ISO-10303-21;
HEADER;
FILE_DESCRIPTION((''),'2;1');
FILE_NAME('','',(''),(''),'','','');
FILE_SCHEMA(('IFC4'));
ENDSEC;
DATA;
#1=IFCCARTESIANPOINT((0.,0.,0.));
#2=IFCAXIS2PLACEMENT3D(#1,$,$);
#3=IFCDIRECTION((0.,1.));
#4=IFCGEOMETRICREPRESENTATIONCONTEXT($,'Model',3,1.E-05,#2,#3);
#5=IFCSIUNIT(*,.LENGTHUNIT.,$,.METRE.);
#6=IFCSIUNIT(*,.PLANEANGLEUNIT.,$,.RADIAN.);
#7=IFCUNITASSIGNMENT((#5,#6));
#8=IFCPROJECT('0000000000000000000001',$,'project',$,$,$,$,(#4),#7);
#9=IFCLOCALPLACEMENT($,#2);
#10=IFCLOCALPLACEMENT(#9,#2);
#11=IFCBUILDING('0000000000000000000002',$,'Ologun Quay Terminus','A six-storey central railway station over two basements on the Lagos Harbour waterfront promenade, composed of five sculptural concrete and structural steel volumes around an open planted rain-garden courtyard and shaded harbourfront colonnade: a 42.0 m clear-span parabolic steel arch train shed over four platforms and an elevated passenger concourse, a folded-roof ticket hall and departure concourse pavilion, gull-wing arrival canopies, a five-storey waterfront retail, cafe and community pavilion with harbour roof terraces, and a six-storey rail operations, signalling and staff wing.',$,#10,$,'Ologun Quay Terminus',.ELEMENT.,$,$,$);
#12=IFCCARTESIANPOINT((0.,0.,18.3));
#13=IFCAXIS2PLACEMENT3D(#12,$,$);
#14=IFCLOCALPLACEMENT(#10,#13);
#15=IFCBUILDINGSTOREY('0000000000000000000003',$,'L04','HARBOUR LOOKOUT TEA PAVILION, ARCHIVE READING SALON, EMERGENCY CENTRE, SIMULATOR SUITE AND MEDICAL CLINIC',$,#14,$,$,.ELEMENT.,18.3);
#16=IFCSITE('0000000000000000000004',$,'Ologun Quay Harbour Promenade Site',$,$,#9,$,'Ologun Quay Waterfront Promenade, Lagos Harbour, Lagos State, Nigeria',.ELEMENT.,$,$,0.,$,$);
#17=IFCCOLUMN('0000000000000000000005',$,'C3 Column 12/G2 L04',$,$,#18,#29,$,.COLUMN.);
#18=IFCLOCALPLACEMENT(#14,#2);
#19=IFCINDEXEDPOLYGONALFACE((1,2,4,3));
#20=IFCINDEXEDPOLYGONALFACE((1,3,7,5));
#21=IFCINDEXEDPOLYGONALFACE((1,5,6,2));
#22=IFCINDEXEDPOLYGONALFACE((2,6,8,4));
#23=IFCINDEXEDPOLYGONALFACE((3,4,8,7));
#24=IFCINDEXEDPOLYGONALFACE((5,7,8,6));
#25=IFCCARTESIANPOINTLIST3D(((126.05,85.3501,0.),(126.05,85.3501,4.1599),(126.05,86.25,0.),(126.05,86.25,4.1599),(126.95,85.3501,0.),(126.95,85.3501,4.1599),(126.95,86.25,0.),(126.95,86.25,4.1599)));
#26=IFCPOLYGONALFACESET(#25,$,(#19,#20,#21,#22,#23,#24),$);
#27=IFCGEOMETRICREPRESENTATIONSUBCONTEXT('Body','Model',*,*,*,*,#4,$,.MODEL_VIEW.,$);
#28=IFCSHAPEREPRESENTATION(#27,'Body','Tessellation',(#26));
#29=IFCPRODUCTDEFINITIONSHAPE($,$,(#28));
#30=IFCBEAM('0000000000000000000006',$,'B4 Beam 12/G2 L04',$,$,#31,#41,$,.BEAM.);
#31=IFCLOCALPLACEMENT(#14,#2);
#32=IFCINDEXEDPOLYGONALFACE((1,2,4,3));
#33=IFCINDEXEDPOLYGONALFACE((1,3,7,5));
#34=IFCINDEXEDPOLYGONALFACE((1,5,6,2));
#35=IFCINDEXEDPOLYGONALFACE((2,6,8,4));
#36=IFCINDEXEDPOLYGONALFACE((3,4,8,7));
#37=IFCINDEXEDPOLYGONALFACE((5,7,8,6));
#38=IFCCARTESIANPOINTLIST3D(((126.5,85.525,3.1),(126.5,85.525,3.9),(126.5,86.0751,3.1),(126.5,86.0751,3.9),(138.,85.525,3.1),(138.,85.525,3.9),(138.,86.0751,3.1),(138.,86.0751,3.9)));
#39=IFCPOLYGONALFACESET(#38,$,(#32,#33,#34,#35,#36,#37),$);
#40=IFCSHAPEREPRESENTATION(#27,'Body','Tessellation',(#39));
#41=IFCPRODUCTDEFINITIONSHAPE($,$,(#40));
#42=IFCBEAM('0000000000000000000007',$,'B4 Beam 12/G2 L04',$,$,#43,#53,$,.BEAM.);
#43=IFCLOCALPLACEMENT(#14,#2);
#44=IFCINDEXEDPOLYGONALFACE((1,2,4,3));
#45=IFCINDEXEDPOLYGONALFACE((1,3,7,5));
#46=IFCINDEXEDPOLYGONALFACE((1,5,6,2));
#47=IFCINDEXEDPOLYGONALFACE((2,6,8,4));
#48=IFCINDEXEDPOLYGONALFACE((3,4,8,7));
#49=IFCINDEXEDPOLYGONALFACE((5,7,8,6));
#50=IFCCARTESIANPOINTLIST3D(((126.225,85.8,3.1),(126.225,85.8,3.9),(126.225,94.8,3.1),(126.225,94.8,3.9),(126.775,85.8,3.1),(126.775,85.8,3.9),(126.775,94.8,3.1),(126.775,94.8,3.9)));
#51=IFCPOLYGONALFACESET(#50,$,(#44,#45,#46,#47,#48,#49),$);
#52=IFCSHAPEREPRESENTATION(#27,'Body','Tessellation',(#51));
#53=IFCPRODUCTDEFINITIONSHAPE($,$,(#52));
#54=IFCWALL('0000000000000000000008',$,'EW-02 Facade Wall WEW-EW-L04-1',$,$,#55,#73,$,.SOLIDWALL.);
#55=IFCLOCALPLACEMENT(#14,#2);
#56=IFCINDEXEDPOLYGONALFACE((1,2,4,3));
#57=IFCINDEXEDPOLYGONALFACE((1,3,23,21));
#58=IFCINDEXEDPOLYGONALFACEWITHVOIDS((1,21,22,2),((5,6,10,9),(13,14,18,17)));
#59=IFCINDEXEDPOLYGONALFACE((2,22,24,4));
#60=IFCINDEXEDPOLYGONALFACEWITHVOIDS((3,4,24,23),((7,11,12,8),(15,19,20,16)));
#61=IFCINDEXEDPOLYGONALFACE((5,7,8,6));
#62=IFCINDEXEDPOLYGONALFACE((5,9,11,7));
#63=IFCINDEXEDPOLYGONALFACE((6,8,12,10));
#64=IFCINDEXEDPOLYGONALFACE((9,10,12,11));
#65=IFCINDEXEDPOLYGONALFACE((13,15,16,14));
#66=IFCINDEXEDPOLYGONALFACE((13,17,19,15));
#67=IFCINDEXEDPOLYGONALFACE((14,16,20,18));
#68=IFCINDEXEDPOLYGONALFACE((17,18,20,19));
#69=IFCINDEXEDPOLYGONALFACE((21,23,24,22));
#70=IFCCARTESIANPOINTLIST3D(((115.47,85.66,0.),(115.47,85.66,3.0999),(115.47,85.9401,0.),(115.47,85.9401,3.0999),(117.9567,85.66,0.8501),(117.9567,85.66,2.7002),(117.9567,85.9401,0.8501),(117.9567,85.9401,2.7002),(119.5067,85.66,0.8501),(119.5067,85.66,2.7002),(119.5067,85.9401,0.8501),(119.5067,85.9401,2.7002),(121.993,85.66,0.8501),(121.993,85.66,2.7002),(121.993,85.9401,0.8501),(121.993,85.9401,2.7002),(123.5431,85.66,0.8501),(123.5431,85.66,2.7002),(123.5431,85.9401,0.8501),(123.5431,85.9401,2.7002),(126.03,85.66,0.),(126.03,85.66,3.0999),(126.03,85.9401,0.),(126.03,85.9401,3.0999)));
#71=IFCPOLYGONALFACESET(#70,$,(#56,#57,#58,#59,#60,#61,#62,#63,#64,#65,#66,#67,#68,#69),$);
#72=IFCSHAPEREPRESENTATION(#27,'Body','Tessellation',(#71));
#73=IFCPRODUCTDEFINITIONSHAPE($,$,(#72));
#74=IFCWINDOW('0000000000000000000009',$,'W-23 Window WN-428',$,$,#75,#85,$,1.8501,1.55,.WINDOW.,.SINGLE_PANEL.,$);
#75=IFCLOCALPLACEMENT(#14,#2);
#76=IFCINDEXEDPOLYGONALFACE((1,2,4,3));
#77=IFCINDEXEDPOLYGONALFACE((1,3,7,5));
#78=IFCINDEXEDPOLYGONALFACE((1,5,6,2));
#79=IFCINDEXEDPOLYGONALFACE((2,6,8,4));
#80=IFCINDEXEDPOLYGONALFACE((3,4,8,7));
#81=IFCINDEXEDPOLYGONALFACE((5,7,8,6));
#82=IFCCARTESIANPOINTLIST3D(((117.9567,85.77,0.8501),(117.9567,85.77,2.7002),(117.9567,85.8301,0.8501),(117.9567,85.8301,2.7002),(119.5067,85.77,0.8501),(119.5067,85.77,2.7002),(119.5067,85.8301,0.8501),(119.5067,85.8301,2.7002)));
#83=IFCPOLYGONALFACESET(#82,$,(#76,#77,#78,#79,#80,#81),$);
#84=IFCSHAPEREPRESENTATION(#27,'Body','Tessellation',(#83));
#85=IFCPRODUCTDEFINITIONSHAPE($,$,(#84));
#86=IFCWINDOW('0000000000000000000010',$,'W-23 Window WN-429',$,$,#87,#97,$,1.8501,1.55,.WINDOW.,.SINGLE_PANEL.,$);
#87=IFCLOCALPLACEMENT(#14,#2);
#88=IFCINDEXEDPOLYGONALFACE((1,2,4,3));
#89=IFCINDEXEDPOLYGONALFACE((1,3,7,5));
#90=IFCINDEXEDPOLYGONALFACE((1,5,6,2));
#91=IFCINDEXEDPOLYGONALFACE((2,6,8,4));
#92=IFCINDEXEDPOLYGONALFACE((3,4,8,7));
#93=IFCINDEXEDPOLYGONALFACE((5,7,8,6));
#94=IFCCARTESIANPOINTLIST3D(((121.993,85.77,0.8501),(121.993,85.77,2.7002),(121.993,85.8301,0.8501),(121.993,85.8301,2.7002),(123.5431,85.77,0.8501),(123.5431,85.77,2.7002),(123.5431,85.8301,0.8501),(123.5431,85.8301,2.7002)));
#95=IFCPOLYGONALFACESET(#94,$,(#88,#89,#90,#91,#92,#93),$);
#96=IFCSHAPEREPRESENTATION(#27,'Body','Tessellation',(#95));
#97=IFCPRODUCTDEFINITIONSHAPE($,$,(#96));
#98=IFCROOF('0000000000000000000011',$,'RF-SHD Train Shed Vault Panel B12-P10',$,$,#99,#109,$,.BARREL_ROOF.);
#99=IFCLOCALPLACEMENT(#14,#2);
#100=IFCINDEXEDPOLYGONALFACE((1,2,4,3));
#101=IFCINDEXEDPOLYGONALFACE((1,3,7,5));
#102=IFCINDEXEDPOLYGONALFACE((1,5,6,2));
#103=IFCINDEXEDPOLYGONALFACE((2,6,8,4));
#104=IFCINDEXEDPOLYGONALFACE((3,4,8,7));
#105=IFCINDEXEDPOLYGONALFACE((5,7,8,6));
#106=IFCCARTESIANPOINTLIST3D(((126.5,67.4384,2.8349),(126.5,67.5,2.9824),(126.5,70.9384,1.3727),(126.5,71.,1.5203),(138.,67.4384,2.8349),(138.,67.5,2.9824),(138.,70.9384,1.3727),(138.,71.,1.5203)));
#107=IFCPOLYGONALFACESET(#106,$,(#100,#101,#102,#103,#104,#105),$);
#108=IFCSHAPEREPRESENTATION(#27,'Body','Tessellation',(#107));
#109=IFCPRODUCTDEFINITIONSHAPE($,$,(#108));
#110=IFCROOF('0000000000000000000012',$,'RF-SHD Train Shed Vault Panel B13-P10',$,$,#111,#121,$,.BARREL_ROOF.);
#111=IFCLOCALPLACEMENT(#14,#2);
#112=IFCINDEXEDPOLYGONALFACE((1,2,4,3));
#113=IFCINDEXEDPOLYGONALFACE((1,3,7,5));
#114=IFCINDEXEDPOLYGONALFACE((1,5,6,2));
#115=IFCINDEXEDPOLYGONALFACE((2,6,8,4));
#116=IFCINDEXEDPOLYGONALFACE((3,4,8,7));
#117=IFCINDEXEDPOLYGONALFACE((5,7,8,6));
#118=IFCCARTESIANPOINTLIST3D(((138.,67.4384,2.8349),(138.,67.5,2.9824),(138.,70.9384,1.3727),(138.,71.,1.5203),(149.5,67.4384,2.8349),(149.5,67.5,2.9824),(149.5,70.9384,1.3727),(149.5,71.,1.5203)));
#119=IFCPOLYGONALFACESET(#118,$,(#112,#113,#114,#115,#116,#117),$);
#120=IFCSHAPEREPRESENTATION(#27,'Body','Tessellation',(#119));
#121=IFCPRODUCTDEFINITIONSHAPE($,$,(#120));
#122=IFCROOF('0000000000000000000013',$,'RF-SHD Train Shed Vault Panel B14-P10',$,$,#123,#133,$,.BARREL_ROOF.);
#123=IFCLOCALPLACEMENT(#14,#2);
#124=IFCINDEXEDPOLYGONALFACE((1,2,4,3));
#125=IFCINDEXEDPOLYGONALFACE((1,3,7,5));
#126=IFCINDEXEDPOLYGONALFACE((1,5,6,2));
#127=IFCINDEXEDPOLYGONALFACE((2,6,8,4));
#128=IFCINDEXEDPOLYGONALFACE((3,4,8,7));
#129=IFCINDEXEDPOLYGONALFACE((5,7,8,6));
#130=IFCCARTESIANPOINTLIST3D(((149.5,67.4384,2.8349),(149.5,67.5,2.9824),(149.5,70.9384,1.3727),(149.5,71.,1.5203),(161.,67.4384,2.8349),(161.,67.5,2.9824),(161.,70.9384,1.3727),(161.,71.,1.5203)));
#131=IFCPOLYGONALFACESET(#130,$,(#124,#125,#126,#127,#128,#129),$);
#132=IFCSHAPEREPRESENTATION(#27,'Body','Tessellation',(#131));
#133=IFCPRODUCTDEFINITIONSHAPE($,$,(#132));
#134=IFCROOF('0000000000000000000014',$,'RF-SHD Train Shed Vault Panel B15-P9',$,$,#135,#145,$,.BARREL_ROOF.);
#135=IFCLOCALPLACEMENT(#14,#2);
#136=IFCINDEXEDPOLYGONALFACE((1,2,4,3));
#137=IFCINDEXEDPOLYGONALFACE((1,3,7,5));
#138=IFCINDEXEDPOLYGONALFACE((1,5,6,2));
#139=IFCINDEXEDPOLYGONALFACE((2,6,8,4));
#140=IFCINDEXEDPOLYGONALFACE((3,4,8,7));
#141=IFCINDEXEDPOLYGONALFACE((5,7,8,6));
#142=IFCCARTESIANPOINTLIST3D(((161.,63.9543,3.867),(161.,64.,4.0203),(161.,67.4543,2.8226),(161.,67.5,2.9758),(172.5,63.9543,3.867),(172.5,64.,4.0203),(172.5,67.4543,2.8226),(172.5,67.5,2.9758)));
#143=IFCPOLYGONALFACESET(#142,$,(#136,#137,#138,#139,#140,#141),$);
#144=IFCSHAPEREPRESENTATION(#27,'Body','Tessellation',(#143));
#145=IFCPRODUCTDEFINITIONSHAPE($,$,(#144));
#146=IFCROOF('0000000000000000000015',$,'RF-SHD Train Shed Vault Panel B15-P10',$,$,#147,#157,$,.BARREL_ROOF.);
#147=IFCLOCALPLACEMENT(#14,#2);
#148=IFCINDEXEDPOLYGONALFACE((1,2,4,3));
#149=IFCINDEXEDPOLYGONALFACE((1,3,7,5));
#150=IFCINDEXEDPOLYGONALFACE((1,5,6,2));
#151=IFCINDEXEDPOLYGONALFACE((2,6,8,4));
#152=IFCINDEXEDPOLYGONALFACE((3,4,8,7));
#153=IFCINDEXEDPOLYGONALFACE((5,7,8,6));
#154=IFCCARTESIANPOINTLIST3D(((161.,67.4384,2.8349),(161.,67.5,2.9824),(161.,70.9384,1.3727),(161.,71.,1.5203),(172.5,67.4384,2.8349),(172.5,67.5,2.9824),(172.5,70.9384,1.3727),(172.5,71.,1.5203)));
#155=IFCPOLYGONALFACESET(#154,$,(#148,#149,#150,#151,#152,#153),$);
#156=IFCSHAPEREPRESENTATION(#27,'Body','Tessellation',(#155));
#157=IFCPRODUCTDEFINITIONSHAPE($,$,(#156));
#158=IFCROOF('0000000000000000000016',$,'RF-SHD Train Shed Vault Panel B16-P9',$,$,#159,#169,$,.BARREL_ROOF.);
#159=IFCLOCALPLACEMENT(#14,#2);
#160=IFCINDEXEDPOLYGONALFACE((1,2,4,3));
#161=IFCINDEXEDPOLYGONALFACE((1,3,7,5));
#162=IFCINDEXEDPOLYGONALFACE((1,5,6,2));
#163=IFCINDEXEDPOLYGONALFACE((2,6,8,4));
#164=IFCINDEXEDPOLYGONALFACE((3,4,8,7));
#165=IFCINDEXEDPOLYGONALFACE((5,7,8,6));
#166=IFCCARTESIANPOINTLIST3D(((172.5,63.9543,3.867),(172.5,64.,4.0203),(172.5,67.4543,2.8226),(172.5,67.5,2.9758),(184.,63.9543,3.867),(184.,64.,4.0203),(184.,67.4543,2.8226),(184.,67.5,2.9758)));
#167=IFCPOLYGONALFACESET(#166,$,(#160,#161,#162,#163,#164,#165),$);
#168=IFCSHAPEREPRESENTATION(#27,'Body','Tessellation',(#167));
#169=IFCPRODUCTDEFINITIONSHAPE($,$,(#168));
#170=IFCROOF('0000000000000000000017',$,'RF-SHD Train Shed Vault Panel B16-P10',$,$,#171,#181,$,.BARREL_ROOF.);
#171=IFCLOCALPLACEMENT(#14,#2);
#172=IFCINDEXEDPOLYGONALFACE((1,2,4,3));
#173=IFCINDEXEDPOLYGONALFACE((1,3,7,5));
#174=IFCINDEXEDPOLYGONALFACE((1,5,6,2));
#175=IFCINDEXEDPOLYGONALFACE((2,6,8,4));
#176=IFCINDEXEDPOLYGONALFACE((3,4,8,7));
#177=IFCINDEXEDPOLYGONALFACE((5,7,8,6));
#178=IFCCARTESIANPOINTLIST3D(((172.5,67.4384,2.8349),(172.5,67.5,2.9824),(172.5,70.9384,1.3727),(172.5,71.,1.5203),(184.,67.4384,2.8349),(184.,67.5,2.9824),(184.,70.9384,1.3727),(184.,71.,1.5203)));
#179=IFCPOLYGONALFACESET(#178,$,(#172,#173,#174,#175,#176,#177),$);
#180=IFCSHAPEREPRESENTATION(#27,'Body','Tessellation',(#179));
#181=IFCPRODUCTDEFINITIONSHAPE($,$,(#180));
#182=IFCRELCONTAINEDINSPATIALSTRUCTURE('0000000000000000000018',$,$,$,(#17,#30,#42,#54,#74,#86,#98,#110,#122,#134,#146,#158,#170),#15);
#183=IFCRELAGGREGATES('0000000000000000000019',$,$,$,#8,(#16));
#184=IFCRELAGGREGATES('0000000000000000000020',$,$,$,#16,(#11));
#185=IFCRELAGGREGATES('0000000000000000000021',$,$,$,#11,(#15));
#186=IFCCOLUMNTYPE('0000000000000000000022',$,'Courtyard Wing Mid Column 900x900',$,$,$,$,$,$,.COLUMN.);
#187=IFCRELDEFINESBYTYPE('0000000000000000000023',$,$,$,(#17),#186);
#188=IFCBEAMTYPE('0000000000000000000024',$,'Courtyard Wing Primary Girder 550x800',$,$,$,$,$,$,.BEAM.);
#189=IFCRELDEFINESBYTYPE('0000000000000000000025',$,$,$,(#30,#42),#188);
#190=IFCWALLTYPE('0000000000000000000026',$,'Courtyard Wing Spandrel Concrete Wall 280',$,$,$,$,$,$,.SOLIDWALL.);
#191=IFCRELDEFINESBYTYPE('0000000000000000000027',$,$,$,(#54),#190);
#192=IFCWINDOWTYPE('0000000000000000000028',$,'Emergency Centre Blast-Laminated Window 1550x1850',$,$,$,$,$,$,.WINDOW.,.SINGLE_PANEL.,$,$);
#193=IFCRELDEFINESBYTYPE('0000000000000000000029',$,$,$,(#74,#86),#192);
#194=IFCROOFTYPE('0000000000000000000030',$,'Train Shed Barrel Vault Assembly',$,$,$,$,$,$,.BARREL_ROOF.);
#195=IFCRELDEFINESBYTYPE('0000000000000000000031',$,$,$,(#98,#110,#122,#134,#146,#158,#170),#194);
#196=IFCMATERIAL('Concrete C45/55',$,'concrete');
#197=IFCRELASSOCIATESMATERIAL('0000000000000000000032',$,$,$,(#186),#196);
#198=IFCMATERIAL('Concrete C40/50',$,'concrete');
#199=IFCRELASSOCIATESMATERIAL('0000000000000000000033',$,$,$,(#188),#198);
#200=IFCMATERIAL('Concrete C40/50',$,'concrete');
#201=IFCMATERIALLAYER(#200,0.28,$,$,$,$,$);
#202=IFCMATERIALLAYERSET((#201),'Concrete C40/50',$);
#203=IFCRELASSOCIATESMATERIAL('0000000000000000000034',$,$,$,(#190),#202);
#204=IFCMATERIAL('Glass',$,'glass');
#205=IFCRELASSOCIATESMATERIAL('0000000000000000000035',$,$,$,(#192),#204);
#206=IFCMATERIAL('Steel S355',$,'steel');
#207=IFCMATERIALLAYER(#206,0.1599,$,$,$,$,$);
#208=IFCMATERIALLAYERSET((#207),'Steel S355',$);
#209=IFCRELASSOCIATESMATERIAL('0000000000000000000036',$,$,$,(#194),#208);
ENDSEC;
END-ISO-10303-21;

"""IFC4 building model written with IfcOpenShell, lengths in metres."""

from ifc_helpers import new_model, si_unit, direction, frame, frame_2d, origin, origin_2d, place, context, subcontext, project, spatial, polyline, rectangle, outline, extrude, material, layer, layer_set, material_profile, profile_set, type_object, element, fill, save


model = new_model("IFC4")

# Units and contexts
model_context = context("Model", 3, precision=1e-05, world=origin(), true_north=direction((0.0, 1.0)))
body_context = subcontext(model_context, "Body", "Model", "MODEL_VIEW")
ifc_project = project(units=[si_unit("LENGTHUNIT", "METRE"), si_unit("PLANEANGLEUNIT", "RADIAN")], contexts=[model_context])

# Site, building, storey
site_placement = place(None, origin())
site = spatial("IfcSite", under=ifc_project, at=site_placement, Name="Ologun Quay Harbour Promenade Site", LongName="Ologun Quay Waterfront Promenade, Lagos Harbour, Lagos State, Nigeria", CompositionType="ELEMENT", RefElevation=0.0)
building_placement = place(site_placement, origin())
building = spatial("IfcBuilding", under=site, at=building_placement, Name="Ologun Quay Terminus", Description="A six-storey central railway station over two basements on the Lagos Harbour waterfront promenade, composed of five sculptural concrete and structural steel volumes around an open planted rain-garden courtyard and shaded harbourfront colonnade: a 42.0 m clear-span parabolic steel arch train shed over four platforms and an elevated passenger concourse, a folded-roof ticket hall and departure concourse pavilion, gull-wing arrival canopies, a five-storey waterfront retail, cafe and community pavilion with harbour roof terraces, and a six-storey rail operations, signalling and staff wing.", LongName="Ologun Quay Terminus", CompositionType="ELEMENT")
storey_placement = place(building_placement, frame((0.0, 0.0, 18.3)))
storey = spatial("IfcBuildingStorey", under=building, at=storey_placement, Name="L04", Description="HARBOUR LOOKOUT TEA PAVILION, ARCHIVE READING SALON, EMERGENCY CENTRE, SIMULATOR SUITE AND MEDICAL CLINIC", CompositionType="ELEMENT", Elevation=18.3)

# Column
ifc_material_1 = material(Name="Concrete C45/55", Category="concrete")
ifc_material_profile_1 = material_profile(ifc_material_1, rectangle(XDim=0.8999, YDim=0.8999, at=origin_2d()), Name="RC 900x900")
ifc_profile_set_1 = profile_set([ifc_material_profile_1], Name="Concrete C45/55")
column_type = type_object("IfcColumnType", Name="Courtyard Wing Mid Column 900x900", PredefinedType="COLUMN", material=ifc_profile_set_1)
column_placement = place(storey_placement, frame((126.5, 85.8, 0.0), z_axis=(0.0, 0.0, 1.0), x_axis=(1.0, 0.0, 0.0)))
element("IfcColumn", 1, at=column_placement, inside=storey, type_object=column_type, Name="C3 Column 12/G2 L04", PredefinedType="COLUMN", context=body_context, shape_type="SweptSolid", body=[
    extrude(rectangle(XDim=0.8999, YDim=0.8999, at=origin_2d()), origin(), (0.0, 0.0, 1.0), 4.1599),
])

# Beams
ifc_material_2 = material(Name="Concrete C40/50", Category="concrete")
ifc_material_profile_2 = material_profile(ifc_material_2, rectangle(XDim=0.55, YDim=0.8, at=origin_2d()), Name="RC 550x800")
ifc_profile_set_2 = profile_set([ifc_material_profile_2], Name="Concrete C40/50")
beam_type = type_object("IfcBeamType", Name="Courtyard Wing Primary Girder 550x800", PredefinedType="BEAM", material=ifc_profile_set_2)
beam_1_placement = place(storey_placement, frame((126.5, 85.8, 3.5), z_axis=(1.0, 0.0, 0.0), x_axis=(0.0, 1.0, 0.0)))
element("IfcBeam", 2, at=beam_1_placement, inside=storey, type_object=beam_type, Name="B4 Beam 12/G2 L04", PredefinedType="BEAM", context=body_context, shape_type="SweptSolid", body=[
    extrude(rectangle(XDim=0.55, YDim=0.8, at=origin_2d()), origin(), (0.0, 0.0, 1.0), 11.5),
])
beam_2_placement = place(storey_placement, frame((126.5, 85.8, 3.5), z_axis=(0.0, 1.0, 0.0), x_axis=(-1.0, 0.0, 0.0)))
element("IfcBeam", 3, at=beam_2_placement, inside=storey, type_object=beam_type, Name="B4 Beam 12/G2 L04", PredefinedType="BEAM", context=body_context, shape_type="SweptSolid", body=[
    extrude(rectangle(XDim=0.55, YDim=0.8, at=origin_2d()), origin(), (0.0, 0.0, 1.0), 9.0),
])

# Wall, openings, windows
ifc_material_3 = material(Name="Concrete C40/50", Category="concrete")
ifc_layer_1 = layer(ifc_material_3, 0.28)
ifc_layer_set_1 = layer_set([ifc_layer_1], Name="Concrete C40/50")
wall_type = type_object("IfcWallType", Name="Courtyard Wing Spandrel Concrete Wall 280", PredefinedType="SOLIDWALL", material=ifc_layer_set_1)
wall_placement = place(storey_placement, frame((115.47, 85.8, 0.0), z_axis=(0.0, 0.0, 1.0), x_axis=(1.0, 0.0, 0.0)))
wall = element("IfcWall", 4, at=wall_placement, inside=storey, type_object=wall_type, Name="EW-02 Facade Wall WEW-EW-L04-1", PredefinedType="SOLIDWALL", context=body_context, shape_type="SweptSolid", body=[
    extrude(rectangle(XDim=10.5601, YDim=0.28, at=frame_2d((5.28, 0.0))), origin(), (0.0, 0.0, 1.0), 3.0999),
])
opening_1_placement = place(wall_placement, frame((2.4868, 0.0, 0.8501)))
opening_1 = element("IfcOpeningElement", 5, at=opening_1_placement, cuts=wall, PredefinedType="OPENING", context=body_context, shape_type="SweptSolid", body=[
    extrude(rectangle(XDim=1.55, YDim=1.8501, at=frame_2d((0.7749, 0.925))), frame((0.0, 0.1499, 0.0), z_axis=(0.0, -1.0, 0.0), x_axis=(1.0, 0.0, 0.0)), (0.0, 0.0, 1.0), 0.3),
])
opening_2_placement = place(wall_placement, frame((6.5232, 0.0, 0.8501)))
opening_2 = element("IfcOpeningElement", 6, at=opening_2_placement, cuts=wall, PredefinedType="OPENING", context=body_context, shape_type="SweptSolid", body=[
    extrude(rectangle(XDim=1.55, YDim=1.8501, at=frame_2d((0.7749, 0.925))), frame((0.0, 0.1499, 0.0), z_axis=(0.0, -1.0, 0.0), x_axis=(1.0, 0.0, 0.0)), (0.0, 0.0, 1.0), 0.3),
])
ifc_material_4 = material(Name="Glass", Category="glass")
window_type = type_object("IfcWindowType", Name="Emergency Centre Blast-Laminated Window 1550x1850", PartitioningType="SINGLE_PANEL", PredefinedType="WINDOW", material=ifc_material_4)
window_1_placement = place(opening_1_placement, origin())
window_1 = element("IfcWindow", 7, at=window_1_placement, inside=storey, type_object=window_type, Name="W-23 Window WN-428", OverallHeight=1.8501, OverallWidth=1.55, PartitioningType="SINGLE_PANEL", PredefinedType="WINDOW", context=body_context, shape_type="SweptSolid", body=[
    extrude(rectangle(XDim=1.55, YDim=1.8501, at=frame_2d((0.7749, 0.925))), frame((0.0, 0.03, 0.0), z_axis=(0.0, -1.0, 0.0), x_axis=(1.0, 0.0, 0.0)), (0.0, 0.0, 1.0), 0.0601),
])
fill(opening_1, window_1)
window_2_placement = place(opening_2_placement, origin())
window_2 = element("IfcWindow", 8, at=window_2_placement, inside=storey, type_object=window_type, Name="W-23 Window WN-429", OverallHeight=1.8501, OverallWidth=1.55, PartitioningType="SINGLE_PANEL", PredefinedType="WINDOW", context=body_context, shape_type="SweptSolid", body=[
    extrude(rectangle(XDim=1.55, YDim=1.8501, at=frame_2d((0.7749, 0.925))), frame((0.0, 0.03, 0.0), z_axis=(0.0, -1.0, 0.0), x_axis=(1.0, 0.0, 0.0)), (0.0, 0.0, 1.0), 0.0601),
])
fill(opening_2, window_2)

# Roofs
ifc_material_5 = material(Name="Steel S355", Category="steel")
ifc_layer_2 = layer(ifc_material_5, 0.1599)
ifc_layer_set_2 = layer_set([ifc_layer_2], Name="Steel S355")
roof_type = type_object("IfcRoofType", Name="Train Shed Barrel Vault Assembly", PredefinedType="BARREL_ROOF", material=ifc_layer_set_2)
for number, where, z_axis, x_axis, name in (
    (9, (126.5, 67.5, 2.9824), (0.0, 0.385474, 0.922719), (1.0, 0.0, 0.0), "RF-SHD Train Shed Vault Panel B12-P10"),
    (10, (138.0, 67.5, 2.9824), (0.0, 0.385474, 0.922719), (1.0, 0.0, 0.0), "RF-SHD Train Shed Vault Panel B13-P10"),
    (11, (149.5, 67.5, 2.9824), (0.0, 0.385474, 0.922719), (1.0, 0.0, 0.0), "RF-SHD Train Shed Vault Panel B14-P10"),
):
    element("IfcRoof", number, at=place(storey_placement, frame(where, z_axis=z_axis, x_axis=x_axis)), inside=storey, type_object=roof_type, Name=name, PredefinedType="BARREL_ROOF", context=body_context, shape_type="SweptSolid", body=[
        extrude(outline(polyline([(0.0, 0.0), (11.5, 0.0), (11.5, 3.7931), (0.0, 3.7931), (0.0, 0.0)])), origin(), (0.0, 0.0, -1.0), 0.1599),
    ])
roof_1_placement = place(storey_placement, frame((161.0, 64.0, 4.0203), z_axis=(0.0, 0.285949, 0.958245), x_axis=(1.0, 0.0, 0.0)))
element("IfcRoof", 12, at=roof_1_placement, inside=storey, type_object=roof_type, Name="RF-SHD Train Shed Vault Panel B15-P9", PredefinedType="BARREL_ROOF", context=body_context, shape_type="SweptSolid", body=[
    extrude(outline(polyline([(0.0, 0.0), (11.5, 0.0), (11.5, 3.6525), (0.0, 3.6525), (0.0, 0.0)])), origin(), (0.0, 0.0, -1.0), 0.1599),
])
roof_2_placement = place(storey_placement, frame((161.0, 67.5, 2.9824), z_axis=(0.0, 0.385474, 0.922719), x_axis=(1.0, 0.0, 0.0)))
element("IfcRoof", 13, at=roof_2_placement, inside=storey, type_object=roof_type, Name="RF-SHD Train Shed Vault Panel B15-P10", PredefinedType="BARREL_ROOF", context=body_context, shape_type="SweptSolid", body=[
    extrude(outline(polyline([(0.0, 0.0), (11.5, 0.0), (11.5, 3.7931), (0.0, 3.7931), (0.0, 0.0)])), origin(), (0.0, 0.0, -1.0), 0.1599),
])
roof_3_placement = place(storey_placement, frame((172.5, 64.0, 4.0203), z_axis=(0.0, 0.285949, 0.958245), x_axis=(1.0, 0.0, 0.0)))
element("IfcRoof", 14, at=roof_3_placement, inside=storey, type_object=roof_type, Name="RF-SHD Train Shed Vault Panel B16-P9", PredefinedType="BARREL_ROOF", context=body_context, shape_type="SweptSolid", body=[
    extrude(outline(polyline([(0.0, 0.0), (11.5, 0.0), (11.5, 3.6525), (0.0, 3.6525), (0.0, 0.0)])), origin(), (0.0, 0.0, -1.0), 0.1599),
])
roof_4_placement = place(storey_placement, frame((172.5, 67.5, 2.9824), z_axis=(0.0, 0.385474, 0.922719), x_axis=(1.0, 0.0, 0.0)))
element("IfcRoof", 15, at=roof_4_placement, inside=storey, type_object=roof_type, Name="RF-SHD Train Shed Vault Panel B16-P10", PredefinedType="BARREL_ROOF", context=body_context, shape_type="SweptSolid", body=[
    extrude(outline(polyline([(0.0, 0.0), (11.5, 0.0), (11.5, 3.7931), (0.0, 3.7931), (0.0, 0.0)])), origin(), (0.0, 0.0, -1.0), 0.1599),
])

save(model, "model.ifc")
